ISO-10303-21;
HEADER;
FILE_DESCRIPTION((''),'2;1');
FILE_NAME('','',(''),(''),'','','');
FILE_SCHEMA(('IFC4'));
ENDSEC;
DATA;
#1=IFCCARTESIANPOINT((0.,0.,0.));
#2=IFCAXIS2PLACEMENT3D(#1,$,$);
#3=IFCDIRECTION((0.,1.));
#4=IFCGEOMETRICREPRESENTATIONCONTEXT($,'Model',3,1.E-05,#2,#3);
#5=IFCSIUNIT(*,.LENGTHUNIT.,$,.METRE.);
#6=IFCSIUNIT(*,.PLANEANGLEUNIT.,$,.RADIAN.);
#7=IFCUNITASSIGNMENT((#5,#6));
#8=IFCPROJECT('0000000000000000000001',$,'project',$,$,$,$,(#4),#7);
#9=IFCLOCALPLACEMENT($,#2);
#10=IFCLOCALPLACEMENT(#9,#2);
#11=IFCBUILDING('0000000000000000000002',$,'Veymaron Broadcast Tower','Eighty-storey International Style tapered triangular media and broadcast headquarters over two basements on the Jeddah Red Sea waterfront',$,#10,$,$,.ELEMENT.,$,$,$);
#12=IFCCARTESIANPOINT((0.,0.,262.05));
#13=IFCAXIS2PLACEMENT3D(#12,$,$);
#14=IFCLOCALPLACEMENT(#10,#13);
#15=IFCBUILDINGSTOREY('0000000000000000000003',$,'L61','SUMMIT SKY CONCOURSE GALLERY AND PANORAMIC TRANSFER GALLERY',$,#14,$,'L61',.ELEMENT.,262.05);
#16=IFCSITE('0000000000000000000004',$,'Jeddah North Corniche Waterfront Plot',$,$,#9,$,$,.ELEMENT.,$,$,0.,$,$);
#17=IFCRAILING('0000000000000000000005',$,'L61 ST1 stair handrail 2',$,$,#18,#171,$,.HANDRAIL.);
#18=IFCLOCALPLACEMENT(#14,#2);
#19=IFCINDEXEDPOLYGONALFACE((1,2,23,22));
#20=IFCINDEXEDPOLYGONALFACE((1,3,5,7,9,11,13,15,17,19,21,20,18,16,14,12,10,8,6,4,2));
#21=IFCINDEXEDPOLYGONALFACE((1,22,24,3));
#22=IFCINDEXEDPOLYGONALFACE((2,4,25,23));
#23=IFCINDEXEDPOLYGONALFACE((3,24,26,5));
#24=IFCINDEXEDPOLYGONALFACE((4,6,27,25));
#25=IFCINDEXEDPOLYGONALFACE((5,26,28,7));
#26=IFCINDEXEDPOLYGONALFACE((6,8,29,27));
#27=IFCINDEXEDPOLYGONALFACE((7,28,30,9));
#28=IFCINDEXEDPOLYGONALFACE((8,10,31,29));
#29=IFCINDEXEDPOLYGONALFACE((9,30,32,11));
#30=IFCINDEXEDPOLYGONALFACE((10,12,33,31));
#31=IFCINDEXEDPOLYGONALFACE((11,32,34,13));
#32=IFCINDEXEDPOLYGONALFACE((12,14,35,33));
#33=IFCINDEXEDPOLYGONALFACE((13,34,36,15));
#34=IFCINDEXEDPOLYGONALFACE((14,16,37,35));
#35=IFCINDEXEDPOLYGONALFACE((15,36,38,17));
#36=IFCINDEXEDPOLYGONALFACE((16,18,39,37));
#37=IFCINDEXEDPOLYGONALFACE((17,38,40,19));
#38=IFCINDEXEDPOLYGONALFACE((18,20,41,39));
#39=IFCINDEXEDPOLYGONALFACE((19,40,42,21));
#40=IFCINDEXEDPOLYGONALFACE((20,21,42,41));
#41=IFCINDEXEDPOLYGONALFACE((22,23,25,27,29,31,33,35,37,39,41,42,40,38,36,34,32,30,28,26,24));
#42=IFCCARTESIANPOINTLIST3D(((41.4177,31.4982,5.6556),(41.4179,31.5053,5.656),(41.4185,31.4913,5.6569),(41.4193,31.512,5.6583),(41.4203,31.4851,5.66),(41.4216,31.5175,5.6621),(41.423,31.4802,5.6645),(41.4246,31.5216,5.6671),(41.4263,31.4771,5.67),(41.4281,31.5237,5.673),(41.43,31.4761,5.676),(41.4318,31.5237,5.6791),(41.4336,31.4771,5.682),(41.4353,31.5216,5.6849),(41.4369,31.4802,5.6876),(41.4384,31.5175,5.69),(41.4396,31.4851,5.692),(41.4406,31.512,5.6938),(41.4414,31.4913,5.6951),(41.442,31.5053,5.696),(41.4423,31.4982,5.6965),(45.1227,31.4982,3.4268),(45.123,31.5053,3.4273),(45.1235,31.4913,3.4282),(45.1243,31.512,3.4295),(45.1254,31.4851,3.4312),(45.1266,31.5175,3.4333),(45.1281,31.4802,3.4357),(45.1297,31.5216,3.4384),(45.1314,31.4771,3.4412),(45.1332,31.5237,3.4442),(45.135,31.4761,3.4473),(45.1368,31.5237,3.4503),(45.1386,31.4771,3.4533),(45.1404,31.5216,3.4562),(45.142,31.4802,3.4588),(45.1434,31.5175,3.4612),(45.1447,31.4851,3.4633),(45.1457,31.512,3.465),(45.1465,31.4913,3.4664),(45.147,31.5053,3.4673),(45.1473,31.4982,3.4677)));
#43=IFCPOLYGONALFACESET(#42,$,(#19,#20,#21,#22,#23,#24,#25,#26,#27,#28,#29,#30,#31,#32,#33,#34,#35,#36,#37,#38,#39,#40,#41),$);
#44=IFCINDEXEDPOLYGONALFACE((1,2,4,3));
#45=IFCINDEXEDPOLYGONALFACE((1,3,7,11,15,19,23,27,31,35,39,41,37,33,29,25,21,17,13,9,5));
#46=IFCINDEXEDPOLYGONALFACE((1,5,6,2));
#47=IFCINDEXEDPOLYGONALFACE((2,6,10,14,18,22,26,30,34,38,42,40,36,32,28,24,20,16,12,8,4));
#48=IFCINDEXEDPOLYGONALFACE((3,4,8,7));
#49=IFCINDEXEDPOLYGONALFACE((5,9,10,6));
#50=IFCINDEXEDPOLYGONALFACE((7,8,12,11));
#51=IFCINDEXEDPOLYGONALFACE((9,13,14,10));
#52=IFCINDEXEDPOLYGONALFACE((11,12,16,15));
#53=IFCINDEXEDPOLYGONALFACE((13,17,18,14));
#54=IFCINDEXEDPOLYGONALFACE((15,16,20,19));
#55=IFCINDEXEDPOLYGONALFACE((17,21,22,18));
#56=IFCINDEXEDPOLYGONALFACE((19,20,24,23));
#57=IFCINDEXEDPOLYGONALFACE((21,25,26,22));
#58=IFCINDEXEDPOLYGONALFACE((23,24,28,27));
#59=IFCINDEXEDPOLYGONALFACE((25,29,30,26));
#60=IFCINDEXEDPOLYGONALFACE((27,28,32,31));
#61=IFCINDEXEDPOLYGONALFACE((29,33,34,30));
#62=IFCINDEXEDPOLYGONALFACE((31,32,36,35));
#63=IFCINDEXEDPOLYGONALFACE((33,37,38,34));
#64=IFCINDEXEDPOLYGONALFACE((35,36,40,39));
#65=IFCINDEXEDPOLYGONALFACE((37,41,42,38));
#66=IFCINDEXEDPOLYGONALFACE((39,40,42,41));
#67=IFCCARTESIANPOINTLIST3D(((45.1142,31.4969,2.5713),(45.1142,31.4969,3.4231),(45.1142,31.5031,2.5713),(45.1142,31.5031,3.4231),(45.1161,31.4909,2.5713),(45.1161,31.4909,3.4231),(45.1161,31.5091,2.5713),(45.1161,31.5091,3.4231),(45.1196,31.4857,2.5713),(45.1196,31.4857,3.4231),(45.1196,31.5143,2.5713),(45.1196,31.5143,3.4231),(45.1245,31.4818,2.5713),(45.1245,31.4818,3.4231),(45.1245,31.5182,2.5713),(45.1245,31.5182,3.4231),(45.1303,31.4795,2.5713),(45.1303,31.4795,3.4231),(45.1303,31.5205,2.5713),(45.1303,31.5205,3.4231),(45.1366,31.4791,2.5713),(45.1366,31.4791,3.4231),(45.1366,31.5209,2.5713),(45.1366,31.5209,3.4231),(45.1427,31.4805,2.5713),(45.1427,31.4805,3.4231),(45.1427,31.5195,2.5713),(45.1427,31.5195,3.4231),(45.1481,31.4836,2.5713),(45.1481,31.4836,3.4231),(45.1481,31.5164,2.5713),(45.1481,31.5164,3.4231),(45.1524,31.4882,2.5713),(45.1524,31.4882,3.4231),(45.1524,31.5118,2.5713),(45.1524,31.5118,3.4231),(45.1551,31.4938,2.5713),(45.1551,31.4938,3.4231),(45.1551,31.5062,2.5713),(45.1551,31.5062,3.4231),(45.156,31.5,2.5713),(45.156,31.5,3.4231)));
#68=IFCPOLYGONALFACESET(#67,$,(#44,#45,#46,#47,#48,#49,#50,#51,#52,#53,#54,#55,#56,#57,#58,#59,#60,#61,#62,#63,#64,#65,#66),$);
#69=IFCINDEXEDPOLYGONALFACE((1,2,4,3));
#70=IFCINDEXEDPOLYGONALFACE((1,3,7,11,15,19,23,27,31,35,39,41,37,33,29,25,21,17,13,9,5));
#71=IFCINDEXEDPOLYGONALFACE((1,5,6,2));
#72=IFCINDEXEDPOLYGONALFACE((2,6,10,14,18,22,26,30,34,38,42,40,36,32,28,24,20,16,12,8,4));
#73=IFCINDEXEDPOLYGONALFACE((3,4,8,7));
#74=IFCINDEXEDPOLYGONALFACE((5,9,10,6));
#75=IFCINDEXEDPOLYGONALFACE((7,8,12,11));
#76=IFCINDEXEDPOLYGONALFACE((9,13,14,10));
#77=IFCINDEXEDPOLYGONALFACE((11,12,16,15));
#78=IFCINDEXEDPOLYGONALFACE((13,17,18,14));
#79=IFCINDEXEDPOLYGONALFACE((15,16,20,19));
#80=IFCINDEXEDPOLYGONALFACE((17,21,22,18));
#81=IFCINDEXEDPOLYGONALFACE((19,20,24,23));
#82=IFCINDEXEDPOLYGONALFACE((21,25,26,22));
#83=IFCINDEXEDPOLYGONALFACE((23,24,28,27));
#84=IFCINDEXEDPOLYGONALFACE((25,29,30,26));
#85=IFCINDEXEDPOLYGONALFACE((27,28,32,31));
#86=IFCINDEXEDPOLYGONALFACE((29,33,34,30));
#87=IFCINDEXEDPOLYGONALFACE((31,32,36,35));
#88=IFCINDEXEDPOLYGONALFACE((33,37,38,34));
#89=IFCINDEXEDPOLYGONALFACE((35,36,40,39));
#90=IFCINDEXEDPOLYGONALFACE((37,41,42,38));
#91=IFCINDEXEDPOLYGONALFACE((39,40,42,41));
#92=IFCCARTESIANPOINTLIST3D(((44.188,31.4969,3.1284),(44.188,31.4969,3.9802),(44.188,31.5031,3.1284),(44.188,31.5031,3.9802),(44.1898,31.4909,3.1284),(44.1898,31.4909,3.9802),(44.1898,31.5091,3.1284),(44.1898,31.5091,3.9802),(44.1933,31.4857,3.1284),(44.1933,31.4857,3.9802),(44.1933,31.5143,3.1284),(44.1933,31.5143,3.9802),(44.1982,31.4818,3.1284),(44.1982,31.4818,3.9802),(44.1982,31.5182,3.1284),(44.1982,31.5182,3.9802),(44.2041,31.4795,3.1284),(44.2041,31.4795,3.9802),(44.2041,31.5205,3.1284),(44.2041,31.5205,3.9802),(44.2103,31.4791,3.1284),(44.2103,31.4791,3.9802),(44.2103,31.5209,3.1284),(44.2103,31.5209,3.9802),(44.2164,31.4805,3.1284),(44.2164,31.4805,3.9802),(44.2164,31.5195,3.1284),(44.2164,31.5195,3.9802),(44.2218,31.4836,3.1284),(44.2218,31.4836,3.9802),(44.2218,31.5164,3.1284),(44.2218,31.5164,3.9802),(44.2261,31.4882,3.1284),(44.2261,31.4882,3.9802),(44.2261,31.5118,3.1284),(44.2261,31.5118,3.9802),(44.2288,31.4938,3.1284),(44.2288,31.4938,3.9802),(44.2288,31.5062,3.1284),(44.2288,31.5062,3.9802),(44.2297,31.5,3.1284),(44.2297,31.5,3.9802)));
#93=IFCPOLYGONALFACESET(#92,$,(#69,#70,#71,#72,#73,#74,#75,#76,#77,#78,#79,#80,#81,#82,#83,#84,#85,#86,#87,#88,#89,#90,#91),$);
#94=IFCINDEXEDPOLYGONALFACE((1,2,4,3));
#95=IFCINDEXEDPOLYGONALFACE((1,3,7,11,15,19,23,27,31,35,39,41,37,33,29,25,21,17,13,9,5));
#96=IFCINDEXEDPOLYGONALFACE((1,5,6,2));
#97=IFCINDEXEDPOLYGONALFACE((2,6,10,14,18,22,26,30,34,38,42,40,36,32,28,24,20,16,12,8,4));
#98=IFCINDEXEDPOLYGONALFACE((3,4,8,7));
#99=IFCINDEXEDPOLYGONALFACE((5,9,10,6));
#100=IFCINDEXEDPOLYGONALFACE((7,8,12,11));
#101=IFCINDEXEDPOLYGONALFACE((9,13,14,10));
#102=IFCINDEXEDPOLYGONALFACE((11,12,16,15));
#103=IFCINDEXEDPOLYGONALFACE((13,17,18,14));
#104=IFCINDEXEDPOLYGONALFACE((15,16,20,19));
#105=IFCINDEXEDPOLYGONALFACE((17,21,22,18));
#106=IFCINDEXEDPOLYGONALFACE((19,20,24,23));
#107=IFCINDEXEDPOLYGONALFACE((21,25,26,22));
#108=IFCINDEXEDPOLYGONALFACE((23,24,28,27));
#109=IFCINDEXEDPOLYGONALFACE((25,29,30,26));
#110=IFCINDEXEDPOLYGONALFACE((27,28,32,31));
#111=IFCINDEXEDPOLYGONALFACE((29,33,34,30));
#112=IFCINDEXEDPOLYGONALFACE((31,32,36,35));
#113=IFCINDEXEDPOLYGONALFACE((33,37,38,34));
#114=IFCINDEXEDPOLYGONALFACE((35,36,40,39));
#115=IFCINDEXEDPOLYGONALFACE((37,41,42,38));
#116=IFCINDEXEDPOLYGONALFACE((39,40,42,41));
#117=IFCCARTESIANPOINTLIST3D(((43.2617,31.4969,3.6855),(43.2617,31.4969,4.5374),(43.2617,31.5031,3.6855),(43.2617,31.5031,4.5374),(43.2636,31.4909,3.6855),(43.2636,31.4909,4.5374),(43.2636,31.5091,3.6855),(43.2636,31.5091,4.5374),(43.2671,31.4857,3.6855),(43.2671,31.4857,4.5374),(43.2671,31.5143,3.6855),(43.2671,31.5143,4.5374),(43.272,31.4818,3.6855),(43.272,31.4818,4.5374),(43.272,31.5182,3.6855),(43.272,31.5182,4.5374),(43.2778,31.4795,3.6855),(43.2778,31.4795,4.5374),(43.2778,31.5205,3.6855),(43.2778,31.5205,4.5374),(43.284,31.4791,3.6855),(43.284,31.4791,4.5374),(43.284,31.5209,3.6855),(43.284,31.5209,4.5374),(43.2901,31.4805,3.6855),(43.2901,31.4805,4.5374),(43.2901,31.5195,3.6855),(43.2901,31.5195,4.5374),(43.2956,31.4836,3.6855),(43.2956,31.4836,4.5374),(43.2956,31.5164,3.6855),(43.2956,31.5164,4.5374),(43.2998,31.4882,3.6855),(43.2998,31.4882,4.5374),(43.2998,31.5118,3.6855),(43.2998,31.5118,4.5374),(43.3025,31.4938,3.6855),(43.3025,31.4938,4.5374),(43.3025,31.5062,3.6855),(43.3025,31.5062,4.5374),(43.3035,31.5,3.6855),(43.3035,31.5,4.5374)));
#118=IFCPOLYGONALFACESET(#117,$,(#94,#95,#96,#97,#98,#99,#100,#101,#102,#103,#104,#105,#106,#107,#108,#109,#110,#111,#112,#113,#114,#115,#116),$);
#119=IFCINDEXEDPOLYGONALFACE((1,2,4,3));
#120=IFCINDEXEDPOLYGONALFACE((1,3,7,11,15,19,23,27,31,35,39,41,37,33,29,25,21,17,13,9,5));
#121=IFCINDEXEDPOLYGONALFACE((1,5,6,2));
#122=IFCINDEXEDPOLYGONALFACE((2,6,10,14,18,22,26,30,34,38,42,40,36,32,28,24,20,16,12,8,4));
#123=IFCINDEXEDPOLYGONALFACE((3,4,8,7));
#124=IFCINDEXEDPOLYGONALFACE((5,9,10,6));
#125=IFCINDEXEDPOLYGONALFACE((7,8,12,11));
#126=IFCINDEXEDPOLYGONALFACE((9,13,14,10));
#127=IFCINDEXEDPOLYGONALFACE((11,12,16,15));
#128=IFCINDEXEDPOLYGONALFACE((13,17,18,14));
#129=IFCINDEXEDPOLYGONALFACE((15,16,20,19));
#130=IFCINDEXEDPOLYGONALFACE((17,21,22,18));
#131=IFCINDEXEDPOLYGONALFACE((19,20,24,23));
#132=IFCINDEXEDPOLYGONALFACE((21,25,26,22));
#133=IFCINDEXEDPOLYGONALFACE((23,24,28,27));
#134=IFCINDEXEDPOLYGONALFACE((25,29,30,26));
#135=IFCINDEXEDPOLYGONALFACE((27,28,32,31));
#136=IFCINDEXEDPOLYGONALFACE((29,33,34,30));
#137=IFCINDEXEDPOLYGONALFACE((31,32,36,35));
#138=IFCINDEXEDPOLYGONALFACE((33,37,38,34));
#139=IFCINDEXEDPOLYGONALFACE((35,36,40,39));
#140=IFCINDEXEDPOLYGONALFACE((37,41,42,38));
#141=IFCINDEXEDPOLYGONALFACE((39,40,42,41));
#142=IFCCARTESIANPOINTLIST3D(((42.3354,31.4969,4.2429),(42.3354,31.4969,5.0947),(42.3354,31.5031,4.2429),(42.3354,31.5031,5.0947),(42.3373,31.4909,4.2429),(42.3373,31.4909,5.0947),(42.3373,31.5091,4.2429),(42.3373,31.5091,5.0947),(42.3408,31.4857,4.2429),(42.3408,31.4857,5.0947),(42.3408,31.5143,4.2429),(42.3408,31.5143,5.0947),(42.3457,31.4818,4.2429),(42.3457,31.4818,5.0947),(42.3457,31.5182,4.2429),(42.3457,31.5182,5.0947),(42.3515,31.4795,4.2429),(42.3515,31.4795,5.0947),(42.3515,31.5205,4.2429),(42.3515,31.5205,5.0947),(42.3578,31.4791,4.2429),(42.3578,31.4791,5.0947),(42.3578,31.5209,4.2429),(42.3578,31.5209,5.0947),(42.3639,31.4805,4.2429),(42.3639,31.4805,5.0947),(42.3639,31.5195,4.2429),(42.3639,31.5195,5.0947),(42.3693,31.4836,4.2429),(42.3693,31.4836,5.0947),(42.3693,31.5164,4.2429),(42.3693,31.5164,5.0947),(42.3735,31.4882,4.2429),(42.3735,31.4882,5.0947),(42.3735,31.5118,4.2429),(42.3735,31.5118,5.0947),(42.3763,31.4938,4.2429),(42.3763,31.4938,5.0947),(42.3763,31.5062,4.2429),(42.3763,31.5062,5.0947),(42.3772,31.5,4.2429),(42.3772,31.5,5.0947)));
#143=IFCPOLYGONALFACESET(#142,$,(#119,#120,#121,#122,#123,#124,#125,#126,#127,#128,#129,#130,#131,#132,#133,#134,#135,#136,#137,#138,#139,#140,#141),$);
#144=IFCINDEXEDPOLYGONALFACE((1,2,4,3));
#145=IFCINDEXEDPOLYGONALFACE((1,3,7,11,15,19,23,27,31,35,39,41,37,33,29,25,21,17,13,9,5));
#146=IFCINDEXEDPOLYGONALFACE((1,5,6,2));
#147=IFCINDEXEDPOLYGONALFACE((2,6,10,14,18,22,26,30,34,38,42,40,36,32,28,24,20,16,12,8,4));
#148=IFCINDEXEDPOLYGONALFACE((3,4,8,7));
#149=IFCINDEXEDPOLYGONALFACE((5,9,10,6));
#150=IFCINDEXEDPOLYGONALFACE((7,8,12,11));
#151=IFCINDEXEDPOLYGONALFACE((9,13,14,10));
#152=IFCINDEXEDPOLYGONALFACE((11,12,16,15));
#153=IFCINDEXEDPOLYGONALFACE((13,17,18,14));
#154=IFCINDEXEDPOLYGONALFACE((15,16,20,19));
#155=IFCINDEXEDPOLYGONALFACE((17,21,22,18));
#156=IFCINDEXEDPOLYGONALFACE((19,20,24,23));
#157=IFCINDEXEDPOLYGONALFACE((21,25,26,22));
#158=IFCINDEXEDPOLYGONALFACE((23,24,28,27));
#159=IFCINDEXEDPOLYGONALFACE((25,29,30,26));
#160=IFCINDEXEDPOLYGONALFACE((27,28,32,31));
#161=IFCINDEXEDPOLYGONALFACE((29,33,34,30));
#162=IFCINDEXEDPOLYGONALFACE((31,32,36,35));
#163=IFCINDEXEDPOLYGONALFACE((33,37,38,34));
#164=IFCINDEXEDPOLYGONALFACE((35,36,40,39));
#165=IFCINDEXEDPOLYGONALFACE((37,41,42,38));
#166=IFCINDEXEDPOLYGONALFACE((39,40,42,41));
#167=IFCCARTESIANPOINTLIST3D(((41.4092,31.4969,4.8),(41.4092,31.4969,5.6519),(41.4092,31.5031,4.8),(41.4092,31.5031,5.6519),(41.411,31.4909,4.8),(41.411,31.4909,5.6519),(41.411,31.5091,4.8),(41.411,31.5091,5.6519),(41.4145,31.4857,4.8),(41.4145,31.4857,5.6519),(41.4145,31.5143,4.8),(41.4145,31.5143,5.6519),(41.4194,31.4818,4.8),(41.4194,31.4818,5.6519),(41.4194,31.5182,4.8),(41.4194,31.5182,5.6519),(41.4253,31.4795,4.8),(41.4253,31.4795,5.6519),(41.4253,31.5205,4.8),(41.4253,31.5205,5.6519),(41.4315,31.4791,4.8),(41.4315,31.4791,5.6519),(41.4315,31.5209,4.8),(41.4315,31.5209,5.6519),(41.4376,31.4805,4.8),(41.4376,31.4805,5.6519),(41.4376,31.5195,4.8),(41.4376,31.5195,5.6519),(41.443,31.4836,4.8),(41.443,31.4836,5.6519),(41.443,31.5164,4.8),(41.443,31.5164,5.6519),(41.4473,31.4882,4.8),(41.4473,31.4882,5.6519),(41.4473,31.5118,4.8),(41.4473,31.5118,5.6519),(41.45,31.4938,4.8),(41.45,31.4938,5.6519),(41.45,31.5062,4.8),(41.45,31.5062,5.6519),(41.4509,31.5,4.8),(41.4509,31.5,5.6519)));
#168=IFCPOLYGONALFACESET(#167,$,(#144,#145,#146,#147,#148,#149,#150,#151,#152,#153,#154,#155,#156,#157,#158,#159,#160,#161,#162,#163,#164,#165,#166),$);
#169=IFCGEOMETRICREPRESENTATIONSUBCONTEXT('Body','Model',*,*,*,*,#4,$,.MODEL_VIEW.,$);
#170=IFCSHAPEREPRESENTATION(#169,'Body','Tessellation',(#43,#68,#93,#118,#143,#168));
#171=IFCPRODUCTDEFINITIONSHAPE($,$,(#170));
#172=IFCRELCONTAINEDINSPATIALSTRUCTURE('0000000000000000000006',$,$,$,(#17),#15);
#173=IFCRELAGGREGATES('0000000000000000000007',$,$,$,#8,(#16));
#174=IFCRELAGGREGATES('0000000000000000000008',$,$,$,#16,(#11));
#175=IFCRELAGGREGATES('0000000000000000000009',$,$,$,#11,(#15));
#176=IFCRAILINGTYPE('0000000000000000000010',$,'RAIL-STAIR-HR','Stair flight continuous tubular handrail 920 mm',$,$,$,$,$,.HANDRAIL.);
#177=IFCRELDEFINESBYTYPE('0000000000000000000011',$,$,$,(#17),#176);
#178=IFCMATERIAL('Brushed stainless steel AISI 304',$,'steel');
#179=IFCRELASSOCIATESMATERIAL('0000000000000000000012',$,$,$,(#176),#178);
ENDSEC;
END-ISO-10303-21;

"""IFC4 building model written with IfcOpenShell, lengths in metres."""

from ifc_helpers import new_model, si_unit, direction, frame, origin, origin_2d, place, context, subcontext, project, spatial, circle, extrude, material, type_object, element, save


model = new_model("IFC4")

# Units and contexts
model_context = context("Model", 3, precision=1e-05, world=origin(), true_north=direction((0.0, 1.0)))
body_context = subcontext(model_context, "Body", "Model", "MODEL_VIEW")
ifc_project = project(units=[si_unit("LENGTHUNIT", "METRE"), si_unit("PLANEANGLEUNIT", "RADIAN")], contexts=[model_context])

# Site, building, storey
site_placement = place(None, origin())
site = spatial("IfcSite", under=ifc_project, at=site_placement, Name="Jeddah North Corniche Waterfront Plot", CompositionType="ELEMENT", RefElevation=0.0)
building_placement = place(site_placement, origin())
building = spatial("IfcBuilding", under=site, at=building_placement, Name="Veymaron Broadcast Tower", Description="Eighty-storey International Style tapered triangular media and broadcast headquarters over two basements on the Jeddah Red Sea waterfront", CompositionType="ELEMENT")
storey_placement = place(building_placement, frame((0.0, 0.0, 262.05)))
storey = spatial("IfcBuildingStorey", under=building, at=storey_placement, Name="L61", Description="SUMMIT SKY CONCOURSE GALLERY AND PANORAMIC TRANSFER GALLERY", LongName="L61", CompositionType="ELEMENT", Elevation=262.05)

# Shared definitions
ifc_material_1 = material(Name="Brushed stainless steel AISI 304", Category="steel")

# Railing
railing_type_1 = type_object("IfcRailingType", Name="RAIL-STAIR-HR", Description="Stair flight continuous tubular handrail 920 mm", PredefinedType="HANDRAIL", material=ifc_material_1)
railing_1_placement = place(storey_placement, frame((45.135, 31.5, 2.5713)))
element("IfcRailing", 1, at=railing_1_placement, inside=storey, type_object=railing_type_1, Name="L61 ST1 stair handrail 2", PredefinedType="HANDRAIL", context=body_context, shape_type="SweptSolid", body=[
    extrude(circle(Radius=0.0239, at=origin_2d()), frame((0.0, 0.0, 0.876), z_axis=(-0.856909, 0.0, 0.515467), x_axis=(0.0, -1.0, 0.0)), (0.0, 0.0, 1.0), 4.3237),
    extrude(circle(Radius=0.021, at=origin_2d()), origin(), (0.0, 0.0, 1.0), 0.8518),
    extrude(circle(Radius=0.021, at=origin_2d()), frame((-0.9263, 0.0, 0.5571)), (0.0, 0.0, 1.0), 0.8518),
    extrude(circle(Radius=0.021, at=origin_2d()), frame((-1.8525, 0.0, 1.1143)), (0.0, 0.0, 1.0), 0.8518),
    extrude(circle(Radius=0.021, at=origin_2d()), frame((-2.7788, 0.0, 1.6716)), (0.0, 0.0, 1.0), 0.8518),
    extrude(circle(Radius=0.021, at=origin_2d()), frame((-3.7051, 0.0, 2.2288)), (0.0, 0.0, 1.0), 0.8518),
])

save(model, "model.ifc")
